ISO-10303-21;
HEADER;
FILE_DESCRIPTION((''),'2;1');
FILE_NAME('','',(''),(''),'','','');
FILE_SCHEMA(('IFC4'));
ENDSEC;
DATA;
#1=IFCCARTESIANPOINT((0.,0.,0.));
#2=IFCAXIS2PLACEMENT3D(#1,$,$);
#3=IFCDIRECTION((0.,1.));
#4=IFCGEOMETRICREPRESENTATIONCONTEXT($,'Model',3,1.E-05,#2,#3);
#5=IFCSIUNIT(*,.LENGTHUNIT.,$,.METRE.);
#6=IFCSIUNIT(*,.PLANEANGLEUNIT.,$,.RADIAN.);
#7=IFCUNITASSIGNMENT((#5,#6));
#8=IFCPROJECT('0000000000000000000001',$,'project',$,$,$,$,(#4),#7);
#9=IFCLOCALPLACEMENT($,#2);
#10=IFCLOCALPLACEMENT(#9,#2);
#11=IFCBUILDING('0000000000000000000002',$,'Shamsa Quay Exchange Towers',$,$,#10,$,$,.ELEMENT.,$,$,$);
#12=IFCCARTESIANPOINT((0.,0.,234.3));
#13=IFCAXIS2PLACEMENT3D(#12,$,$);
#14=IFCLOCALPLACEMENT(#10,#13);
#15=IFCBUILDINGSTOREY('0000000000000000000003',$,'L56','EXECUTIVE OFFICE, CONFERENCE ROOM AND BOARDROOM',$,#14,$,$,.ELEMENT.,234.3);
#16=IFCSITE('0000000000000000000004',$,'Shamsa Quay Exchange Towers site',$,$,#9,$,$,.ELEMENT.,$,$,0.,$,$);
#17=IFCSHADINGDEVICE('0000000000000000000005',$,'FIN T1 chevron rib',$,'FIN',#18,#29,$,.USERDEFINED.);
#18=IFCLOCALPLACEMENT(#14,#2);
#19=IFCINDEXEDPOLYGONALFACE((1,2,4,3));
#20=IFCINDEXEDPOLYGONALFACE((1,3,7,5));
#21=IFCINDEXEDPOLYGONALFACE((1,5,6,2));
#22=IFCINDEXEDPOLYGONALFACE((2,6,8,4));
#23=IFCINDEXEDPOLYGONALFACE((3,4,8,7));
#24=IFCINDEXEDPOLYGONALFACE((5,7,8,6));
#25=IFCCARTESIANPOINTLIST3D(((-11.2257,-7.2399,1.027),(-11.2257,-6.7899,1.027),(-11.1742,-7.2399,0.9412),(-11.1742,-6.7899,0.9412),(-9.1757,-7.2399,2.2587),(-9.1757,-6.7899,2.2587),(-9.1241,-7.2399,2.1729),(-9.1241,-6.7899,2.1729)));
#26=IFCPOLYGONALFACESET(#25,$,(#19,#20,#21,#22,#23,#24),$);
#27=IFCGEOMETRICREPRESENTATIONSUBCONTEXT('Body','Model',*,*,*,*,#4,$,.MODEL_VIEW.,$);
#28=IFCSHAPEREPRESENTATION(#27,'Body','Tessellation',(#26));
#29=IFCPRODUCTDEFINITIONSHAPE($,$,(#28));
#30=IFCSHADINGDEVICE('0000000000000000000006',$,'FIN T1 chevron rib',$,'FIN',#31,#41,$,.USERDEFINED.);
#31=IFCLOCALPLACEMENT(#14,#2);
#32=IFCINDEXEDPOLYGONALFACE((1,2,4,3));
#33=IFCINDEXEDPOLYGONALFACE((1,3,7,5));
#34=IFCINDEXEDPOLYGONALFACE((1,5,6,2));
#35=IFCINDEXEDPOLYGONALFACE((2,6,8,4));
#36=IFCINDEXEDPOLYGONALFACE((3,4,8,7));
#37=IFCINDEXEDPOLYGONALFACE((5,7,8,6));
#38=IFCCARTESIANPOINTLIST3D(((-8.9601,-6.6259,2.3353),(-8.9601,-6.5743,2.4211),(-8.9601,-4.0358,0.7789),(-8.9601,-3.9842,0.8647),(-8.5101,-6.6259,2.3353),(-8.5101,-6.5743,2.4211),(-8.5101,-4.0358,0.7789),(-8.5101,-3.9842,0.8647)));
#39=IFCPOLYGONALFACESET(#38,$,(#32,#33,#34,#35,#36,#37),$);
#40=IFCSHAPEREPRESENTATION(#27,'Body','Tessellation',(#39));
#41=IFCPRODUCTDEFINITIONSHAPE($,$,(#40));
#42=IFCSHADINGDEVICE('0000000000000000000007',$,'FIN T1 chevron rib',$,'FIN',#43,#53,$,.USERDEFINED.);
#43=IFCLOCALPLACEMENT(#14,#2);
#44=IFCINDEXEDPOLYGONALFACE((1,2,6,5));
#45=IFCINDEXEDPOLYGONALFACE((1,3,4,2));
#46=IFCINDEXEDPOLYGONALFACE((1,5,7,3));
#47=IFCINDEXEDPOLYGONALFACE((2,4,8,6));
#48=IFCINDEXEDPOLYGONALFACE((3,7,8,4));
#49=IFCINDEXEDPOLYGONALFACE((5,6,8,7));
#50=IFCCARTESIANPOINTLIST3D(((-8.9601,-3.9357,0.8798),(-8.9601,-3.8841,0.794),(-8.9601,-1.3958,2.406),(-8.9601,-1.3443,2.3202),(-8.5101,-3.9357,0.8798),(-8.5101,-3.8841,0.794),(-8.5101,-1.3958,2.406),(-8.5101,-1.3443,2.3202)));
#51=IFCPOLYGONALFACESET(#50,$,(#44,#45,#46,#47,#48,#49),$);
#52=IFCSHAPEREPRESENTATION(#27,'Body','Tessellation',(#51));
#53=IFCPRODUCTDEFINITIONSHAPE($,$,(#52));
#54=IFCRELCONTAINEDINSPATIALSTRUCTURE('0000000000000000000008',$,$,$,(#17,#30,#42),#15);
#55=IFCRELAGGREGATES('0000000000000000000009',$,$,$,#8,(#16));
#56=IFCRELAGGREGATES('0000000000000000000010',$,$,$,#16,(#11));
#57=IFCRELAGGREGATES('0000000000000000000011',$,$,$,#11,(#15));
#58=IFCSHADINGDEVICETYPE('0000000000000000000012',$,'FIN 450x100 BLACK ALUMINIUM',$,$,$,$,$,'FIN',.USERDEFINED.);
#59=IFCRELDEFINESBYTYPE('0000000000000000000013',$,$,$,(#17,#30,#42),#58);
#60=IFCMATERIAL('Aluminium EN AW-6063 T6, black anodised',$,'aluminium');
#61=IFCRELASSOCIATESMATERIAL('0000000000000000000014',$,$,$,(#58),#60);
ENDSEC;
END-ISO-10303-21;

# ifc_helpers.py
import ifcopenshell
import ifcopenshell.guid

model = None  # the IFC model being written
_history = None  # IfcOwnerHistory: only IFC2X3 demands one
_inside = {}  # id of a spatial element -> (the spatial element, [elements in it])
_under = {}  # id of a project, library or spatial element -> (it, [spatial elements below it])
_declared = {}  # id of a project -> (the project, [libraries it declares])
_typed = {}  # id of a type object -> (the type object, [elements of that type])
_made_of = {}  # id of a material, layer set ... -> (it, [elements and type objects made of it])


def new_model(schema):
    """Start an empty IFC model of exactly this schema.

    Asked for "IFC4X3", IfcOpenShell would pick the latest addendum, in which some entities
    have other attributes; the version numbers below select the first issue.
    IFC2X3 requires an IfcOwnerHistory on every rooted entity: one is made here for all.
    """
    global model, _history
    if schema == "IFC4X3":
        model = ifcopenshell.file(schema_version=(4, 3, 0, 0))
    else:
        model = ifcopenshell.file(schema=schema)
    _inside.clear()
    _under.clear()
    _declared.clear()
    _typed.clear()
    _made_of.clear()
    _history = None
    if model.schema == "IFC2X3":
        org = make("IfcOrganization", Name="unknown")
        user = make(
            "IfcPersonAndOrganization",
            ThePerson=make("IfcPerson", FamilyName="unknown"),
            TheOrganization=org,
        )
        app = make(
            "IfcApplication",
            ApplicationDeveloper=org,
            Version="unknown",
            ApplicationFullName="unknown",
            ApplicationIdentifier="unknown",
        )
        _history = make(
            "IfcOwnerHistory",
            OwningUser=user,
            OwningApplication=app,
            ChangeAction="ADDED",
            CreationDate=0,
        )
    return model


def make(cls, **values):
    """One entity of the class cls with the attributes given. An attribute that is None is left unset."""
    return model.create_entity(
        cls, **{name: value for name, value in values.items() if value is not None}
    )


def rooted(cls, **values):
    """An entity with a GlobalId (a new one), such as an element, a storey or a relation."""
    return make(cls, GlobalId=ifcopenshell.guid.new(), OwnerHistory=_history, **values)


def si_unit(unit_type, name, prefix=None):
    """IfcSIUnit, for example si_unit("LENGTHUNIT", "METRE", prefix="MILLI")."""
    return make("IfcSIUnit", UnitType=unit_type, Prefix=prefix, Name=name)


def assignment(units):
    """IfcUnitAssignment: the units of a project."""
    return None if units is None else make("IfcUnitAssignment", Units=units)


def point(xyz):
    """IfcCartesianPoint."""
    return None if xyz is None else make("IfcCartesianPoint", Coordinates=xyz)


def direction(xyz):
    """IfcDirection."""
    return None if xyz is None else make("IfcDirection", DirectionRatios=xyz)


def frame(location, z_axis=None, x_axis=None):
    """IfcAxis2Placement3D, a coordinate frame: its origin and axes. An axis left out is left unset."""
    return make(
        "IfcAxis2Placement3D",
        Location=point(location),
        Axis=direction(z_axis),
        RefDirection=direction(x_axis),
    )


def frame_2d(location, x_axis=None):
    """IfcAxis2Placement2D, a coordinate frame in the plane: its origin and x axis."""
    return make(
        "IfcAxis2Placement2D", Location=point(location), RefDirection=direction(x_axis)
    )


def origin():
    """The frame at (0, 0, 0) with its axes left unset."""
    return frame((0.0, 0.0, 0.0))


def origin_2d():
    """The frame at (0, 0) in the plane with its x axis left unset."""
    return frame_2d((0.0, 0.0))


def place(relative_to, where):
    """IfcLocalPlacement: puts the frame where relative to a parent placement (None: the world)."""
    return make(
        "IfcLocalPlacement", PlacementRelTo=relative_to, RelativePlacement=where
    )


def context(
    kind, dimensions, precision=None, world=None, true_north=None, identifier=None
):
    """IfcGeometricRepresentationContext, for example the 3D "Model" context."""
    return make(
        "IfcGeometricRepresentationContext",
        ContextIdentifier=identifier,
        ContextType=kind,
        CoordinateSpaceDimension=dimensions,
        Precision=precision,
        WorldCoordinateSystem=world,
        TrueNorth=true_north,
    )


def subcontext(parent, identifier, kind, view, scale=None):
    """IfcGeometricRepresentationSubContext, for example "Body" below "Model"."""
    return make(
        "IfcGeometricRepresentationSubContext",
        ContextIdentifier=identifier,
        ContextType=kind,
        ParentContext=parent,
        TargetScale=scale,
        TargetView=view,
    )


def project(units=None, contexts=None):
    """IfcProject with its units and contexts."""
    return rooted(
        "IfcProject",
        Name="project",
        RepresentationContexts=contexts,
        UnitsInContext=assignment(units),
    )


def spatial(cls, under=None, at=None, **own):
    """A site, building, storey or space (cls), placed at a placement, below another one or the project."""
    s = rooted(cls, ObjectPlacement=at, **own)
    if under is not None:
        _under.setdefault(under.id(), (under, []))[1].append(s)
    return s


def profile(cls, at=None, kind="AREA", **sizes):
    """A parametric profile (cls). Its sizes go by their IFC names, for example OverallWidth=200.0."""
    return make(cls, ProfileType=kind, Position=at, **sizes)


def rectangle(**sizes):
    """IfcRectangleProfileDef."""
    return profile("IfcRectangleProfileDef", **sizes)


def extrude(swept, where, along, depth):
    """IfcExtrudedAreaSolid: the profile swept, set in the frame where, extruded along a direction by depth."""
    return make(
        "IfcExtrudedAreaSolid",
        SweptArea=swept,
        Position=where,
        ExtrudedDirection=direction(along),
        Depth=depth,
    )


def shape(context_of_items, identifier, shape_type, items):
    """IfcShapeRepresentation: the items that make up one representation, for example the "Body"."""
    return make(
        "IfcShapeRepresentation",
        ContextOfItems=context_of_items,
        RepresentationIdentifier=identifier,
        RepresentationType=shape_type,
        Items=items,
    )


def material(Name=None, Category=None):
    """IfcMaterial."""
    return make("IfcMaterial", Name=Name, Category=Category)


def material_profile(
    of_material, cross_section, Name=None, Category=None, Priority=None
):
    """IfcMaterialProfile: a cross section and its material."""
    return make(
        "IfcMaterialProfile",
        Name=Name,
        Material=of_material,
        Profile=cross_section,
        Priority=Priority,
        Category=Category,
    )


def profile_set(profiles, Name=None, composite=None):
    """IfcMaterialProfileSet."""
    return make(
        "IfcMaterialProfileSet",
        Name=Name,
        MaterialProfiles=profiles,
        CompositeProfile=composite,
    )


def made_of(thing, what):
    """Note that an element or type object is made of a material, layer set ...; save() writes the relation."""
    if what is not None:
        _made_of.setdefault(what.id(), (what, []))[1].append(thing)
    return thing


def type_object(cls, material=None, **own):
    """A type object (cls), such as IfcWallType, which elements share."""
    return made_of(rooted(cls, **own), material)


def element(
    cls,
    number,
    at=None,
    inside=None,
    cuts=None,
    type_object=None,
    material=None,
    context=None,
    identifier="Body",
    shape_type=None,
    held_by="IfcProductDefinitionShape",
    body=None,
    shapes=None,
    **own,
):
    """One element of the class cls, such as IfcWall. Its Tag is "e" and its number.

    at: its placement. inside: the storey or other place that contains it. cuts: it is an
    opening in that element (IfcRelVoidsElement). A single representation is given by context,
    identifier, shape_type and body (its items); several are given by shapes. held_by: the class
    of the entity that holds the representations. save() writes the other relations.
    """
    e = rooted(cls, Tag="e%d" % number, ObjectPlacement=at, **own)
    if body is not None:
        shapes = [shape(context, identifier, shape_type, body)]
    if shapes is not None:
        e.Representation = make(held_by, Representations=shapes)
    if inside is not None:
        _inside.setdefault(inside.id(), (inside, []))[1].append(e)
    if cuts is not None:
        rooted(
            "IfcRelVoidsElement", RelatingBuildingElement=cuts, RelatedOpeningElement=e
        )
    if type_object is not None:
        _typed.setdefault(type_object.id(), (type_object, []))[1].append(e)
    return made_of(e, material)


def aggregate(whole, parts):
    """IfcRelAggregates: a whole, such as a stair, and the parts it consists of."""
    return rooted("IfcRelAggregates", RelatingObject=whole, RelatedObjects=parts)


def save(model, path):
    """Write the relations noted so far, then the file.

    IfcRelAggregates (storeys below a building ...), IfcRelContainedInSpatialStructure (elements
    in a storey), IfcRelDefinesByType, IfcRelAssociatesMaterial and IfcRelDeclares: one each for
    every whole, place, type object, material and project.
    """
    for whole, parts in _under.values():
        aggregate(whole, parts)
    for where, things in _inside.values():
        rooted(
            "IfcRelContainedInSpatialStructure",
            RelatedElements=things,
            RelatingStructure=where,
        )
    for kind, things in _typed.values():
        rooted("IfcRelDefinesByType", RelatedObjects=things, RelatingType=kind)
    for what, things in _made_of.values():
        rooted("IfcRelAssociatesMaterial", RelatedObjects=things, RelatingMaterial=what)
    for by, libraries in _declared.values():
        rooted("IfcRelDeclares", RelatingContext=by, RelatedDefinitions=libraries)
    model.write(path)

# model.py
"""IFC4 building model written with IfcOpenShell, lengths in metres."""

from ifc_helpers import new_model, si_unit, direction, frame, origin, origin_2d, place, context, subcontext, project, spatial, rectangle, extrude, material, material_profile, profile_set, type_object, element, save


model = new_model("IFC4")

# Units and contexts
model_context = context("Model", 3, precision=1e-05, world=origin(), true_north=direction((0.0, 1.0)))
body_context = subcontext(model_context, "Body", "Model", "MODEL_VIEW")
ifc_project = project(units=[si_unit("LENGTHUNIT", "METRE"), si_unit("PLANEANGLEUNIT", "RADIAN")], contexts=[model_context])

# Site, building, storey
site_placement = place(None, origin())
site = spatial("IfcSite", under=ifc_project, at=site_placement, Name="Shamsa Quay Exchange Towers site", CompositionType="ELEMENT", RefElevation=0.0)
building_placement = place(site_placement, origin())
building = spatial("IfcBuilding", under=site, at=building_placement, Name="Shamsa Quay Exchange Towers", CompositionType="ELEMENT")
storey_placement = place(building_placement, frame((0.0, 0.0, 234.3)))
storey = spatial("IfcBuildingStorey", under=building, at=storey_placement, Name="L56", Description="EXECUTIVE OFFICE, CONFERENCE ROOM AND BOARDROOM", CompositionType="ELEMENT", Elevation=234.3)

# Shared definitions
ifc_material_1 = material(Name="Aluminium EN AW-6063 T6, black anodised", Category="aluminium")

# Shading devices
ifc_material_profile_1 = material_profile(ifc_material_1, rectangle(XDim=0.45, YDim=0.1001, at=origin_2d()), Name="FIN450x100")
ifc_profile_set_1 = profile_set([ifc_material_profile_1], Name="Aluminium EN AW-6063 T6, black anodised")
shading_device_type = type_object("IfcShadingDeviceType", Name="FIN 450x100 BLACK ALUMINIUM", ElementType="FIN", PredefinedType="USERDEFINED", material=ifc_profile_set_1)
for number, where, z_axis, x_axis, name in (
    (1, (-11.2, -7.0149, 0.9841), (0.857187, 0.0, 0.515006), (0.0, 1.0, 0.0), "FIN T1 chevron rib"),
):
    element("IfcShadingDevice", number, at=place(storey_placement, frame(where, z_axis=z_axis, x_axis=x_axis)), inside=storey, type_object=shading_device_type, Name=name, ObjectType="FIN", PredefinedType="USERDEFINED", context=body_context, shape_type="SweptSolid", body=[
        extrude(rectangle(XDim=0.45, YDim=0.1001, at=origin_2d()), origin(), (0.0, 0.0, 1.0), 2.3916),
    ])
shading_device_1_placement = place(storey_placement, frame((-8.7351, -6.6001, 2.3782), z_axis=(0.0, 0.857151, -0.515066), x_axis=(-1.0, 0.0, 0.0)))
element("IfcShadingDevice", 2, at=shading_device_1_placement, inside=storey, type_object=shading_device_type, Name="FIN T1 chevron rib", ObjectType="FIN", PredefinedType="USERDEFINED", context=body_context, shape_type="SweptSolid", body=[
    extrude(rectangle(XDim=0.45, YDim=0.1001, at=origin_2d()), origin(), (0.0, 0.0, 1.0), 3.0217),
])
shading_device_2_placement = place(storey_placement, frame((-8.7351, -3.9099, 0.8369), z_axis=(0.0, 0.857158, 0.515053), x_axis=(-1.0, 0.0, 0.0)))
element("IfcShadingDevice", 3, at=shading_device_2_placement, inside=storey, type_object=shading_device_type, Name="FIN T1 chevron rib", ObjectType="FIN", PredefinedType="USERDEFINED", context=body_context, shape_type="SweptSolid", body=[
    extrude(rectangle(XDim=0.45, YDim=0.1001, at=origin_2d()), origin(), (0.0, 0.0, 1.0), 2.9631),
])

save(model, "model.ifc")
